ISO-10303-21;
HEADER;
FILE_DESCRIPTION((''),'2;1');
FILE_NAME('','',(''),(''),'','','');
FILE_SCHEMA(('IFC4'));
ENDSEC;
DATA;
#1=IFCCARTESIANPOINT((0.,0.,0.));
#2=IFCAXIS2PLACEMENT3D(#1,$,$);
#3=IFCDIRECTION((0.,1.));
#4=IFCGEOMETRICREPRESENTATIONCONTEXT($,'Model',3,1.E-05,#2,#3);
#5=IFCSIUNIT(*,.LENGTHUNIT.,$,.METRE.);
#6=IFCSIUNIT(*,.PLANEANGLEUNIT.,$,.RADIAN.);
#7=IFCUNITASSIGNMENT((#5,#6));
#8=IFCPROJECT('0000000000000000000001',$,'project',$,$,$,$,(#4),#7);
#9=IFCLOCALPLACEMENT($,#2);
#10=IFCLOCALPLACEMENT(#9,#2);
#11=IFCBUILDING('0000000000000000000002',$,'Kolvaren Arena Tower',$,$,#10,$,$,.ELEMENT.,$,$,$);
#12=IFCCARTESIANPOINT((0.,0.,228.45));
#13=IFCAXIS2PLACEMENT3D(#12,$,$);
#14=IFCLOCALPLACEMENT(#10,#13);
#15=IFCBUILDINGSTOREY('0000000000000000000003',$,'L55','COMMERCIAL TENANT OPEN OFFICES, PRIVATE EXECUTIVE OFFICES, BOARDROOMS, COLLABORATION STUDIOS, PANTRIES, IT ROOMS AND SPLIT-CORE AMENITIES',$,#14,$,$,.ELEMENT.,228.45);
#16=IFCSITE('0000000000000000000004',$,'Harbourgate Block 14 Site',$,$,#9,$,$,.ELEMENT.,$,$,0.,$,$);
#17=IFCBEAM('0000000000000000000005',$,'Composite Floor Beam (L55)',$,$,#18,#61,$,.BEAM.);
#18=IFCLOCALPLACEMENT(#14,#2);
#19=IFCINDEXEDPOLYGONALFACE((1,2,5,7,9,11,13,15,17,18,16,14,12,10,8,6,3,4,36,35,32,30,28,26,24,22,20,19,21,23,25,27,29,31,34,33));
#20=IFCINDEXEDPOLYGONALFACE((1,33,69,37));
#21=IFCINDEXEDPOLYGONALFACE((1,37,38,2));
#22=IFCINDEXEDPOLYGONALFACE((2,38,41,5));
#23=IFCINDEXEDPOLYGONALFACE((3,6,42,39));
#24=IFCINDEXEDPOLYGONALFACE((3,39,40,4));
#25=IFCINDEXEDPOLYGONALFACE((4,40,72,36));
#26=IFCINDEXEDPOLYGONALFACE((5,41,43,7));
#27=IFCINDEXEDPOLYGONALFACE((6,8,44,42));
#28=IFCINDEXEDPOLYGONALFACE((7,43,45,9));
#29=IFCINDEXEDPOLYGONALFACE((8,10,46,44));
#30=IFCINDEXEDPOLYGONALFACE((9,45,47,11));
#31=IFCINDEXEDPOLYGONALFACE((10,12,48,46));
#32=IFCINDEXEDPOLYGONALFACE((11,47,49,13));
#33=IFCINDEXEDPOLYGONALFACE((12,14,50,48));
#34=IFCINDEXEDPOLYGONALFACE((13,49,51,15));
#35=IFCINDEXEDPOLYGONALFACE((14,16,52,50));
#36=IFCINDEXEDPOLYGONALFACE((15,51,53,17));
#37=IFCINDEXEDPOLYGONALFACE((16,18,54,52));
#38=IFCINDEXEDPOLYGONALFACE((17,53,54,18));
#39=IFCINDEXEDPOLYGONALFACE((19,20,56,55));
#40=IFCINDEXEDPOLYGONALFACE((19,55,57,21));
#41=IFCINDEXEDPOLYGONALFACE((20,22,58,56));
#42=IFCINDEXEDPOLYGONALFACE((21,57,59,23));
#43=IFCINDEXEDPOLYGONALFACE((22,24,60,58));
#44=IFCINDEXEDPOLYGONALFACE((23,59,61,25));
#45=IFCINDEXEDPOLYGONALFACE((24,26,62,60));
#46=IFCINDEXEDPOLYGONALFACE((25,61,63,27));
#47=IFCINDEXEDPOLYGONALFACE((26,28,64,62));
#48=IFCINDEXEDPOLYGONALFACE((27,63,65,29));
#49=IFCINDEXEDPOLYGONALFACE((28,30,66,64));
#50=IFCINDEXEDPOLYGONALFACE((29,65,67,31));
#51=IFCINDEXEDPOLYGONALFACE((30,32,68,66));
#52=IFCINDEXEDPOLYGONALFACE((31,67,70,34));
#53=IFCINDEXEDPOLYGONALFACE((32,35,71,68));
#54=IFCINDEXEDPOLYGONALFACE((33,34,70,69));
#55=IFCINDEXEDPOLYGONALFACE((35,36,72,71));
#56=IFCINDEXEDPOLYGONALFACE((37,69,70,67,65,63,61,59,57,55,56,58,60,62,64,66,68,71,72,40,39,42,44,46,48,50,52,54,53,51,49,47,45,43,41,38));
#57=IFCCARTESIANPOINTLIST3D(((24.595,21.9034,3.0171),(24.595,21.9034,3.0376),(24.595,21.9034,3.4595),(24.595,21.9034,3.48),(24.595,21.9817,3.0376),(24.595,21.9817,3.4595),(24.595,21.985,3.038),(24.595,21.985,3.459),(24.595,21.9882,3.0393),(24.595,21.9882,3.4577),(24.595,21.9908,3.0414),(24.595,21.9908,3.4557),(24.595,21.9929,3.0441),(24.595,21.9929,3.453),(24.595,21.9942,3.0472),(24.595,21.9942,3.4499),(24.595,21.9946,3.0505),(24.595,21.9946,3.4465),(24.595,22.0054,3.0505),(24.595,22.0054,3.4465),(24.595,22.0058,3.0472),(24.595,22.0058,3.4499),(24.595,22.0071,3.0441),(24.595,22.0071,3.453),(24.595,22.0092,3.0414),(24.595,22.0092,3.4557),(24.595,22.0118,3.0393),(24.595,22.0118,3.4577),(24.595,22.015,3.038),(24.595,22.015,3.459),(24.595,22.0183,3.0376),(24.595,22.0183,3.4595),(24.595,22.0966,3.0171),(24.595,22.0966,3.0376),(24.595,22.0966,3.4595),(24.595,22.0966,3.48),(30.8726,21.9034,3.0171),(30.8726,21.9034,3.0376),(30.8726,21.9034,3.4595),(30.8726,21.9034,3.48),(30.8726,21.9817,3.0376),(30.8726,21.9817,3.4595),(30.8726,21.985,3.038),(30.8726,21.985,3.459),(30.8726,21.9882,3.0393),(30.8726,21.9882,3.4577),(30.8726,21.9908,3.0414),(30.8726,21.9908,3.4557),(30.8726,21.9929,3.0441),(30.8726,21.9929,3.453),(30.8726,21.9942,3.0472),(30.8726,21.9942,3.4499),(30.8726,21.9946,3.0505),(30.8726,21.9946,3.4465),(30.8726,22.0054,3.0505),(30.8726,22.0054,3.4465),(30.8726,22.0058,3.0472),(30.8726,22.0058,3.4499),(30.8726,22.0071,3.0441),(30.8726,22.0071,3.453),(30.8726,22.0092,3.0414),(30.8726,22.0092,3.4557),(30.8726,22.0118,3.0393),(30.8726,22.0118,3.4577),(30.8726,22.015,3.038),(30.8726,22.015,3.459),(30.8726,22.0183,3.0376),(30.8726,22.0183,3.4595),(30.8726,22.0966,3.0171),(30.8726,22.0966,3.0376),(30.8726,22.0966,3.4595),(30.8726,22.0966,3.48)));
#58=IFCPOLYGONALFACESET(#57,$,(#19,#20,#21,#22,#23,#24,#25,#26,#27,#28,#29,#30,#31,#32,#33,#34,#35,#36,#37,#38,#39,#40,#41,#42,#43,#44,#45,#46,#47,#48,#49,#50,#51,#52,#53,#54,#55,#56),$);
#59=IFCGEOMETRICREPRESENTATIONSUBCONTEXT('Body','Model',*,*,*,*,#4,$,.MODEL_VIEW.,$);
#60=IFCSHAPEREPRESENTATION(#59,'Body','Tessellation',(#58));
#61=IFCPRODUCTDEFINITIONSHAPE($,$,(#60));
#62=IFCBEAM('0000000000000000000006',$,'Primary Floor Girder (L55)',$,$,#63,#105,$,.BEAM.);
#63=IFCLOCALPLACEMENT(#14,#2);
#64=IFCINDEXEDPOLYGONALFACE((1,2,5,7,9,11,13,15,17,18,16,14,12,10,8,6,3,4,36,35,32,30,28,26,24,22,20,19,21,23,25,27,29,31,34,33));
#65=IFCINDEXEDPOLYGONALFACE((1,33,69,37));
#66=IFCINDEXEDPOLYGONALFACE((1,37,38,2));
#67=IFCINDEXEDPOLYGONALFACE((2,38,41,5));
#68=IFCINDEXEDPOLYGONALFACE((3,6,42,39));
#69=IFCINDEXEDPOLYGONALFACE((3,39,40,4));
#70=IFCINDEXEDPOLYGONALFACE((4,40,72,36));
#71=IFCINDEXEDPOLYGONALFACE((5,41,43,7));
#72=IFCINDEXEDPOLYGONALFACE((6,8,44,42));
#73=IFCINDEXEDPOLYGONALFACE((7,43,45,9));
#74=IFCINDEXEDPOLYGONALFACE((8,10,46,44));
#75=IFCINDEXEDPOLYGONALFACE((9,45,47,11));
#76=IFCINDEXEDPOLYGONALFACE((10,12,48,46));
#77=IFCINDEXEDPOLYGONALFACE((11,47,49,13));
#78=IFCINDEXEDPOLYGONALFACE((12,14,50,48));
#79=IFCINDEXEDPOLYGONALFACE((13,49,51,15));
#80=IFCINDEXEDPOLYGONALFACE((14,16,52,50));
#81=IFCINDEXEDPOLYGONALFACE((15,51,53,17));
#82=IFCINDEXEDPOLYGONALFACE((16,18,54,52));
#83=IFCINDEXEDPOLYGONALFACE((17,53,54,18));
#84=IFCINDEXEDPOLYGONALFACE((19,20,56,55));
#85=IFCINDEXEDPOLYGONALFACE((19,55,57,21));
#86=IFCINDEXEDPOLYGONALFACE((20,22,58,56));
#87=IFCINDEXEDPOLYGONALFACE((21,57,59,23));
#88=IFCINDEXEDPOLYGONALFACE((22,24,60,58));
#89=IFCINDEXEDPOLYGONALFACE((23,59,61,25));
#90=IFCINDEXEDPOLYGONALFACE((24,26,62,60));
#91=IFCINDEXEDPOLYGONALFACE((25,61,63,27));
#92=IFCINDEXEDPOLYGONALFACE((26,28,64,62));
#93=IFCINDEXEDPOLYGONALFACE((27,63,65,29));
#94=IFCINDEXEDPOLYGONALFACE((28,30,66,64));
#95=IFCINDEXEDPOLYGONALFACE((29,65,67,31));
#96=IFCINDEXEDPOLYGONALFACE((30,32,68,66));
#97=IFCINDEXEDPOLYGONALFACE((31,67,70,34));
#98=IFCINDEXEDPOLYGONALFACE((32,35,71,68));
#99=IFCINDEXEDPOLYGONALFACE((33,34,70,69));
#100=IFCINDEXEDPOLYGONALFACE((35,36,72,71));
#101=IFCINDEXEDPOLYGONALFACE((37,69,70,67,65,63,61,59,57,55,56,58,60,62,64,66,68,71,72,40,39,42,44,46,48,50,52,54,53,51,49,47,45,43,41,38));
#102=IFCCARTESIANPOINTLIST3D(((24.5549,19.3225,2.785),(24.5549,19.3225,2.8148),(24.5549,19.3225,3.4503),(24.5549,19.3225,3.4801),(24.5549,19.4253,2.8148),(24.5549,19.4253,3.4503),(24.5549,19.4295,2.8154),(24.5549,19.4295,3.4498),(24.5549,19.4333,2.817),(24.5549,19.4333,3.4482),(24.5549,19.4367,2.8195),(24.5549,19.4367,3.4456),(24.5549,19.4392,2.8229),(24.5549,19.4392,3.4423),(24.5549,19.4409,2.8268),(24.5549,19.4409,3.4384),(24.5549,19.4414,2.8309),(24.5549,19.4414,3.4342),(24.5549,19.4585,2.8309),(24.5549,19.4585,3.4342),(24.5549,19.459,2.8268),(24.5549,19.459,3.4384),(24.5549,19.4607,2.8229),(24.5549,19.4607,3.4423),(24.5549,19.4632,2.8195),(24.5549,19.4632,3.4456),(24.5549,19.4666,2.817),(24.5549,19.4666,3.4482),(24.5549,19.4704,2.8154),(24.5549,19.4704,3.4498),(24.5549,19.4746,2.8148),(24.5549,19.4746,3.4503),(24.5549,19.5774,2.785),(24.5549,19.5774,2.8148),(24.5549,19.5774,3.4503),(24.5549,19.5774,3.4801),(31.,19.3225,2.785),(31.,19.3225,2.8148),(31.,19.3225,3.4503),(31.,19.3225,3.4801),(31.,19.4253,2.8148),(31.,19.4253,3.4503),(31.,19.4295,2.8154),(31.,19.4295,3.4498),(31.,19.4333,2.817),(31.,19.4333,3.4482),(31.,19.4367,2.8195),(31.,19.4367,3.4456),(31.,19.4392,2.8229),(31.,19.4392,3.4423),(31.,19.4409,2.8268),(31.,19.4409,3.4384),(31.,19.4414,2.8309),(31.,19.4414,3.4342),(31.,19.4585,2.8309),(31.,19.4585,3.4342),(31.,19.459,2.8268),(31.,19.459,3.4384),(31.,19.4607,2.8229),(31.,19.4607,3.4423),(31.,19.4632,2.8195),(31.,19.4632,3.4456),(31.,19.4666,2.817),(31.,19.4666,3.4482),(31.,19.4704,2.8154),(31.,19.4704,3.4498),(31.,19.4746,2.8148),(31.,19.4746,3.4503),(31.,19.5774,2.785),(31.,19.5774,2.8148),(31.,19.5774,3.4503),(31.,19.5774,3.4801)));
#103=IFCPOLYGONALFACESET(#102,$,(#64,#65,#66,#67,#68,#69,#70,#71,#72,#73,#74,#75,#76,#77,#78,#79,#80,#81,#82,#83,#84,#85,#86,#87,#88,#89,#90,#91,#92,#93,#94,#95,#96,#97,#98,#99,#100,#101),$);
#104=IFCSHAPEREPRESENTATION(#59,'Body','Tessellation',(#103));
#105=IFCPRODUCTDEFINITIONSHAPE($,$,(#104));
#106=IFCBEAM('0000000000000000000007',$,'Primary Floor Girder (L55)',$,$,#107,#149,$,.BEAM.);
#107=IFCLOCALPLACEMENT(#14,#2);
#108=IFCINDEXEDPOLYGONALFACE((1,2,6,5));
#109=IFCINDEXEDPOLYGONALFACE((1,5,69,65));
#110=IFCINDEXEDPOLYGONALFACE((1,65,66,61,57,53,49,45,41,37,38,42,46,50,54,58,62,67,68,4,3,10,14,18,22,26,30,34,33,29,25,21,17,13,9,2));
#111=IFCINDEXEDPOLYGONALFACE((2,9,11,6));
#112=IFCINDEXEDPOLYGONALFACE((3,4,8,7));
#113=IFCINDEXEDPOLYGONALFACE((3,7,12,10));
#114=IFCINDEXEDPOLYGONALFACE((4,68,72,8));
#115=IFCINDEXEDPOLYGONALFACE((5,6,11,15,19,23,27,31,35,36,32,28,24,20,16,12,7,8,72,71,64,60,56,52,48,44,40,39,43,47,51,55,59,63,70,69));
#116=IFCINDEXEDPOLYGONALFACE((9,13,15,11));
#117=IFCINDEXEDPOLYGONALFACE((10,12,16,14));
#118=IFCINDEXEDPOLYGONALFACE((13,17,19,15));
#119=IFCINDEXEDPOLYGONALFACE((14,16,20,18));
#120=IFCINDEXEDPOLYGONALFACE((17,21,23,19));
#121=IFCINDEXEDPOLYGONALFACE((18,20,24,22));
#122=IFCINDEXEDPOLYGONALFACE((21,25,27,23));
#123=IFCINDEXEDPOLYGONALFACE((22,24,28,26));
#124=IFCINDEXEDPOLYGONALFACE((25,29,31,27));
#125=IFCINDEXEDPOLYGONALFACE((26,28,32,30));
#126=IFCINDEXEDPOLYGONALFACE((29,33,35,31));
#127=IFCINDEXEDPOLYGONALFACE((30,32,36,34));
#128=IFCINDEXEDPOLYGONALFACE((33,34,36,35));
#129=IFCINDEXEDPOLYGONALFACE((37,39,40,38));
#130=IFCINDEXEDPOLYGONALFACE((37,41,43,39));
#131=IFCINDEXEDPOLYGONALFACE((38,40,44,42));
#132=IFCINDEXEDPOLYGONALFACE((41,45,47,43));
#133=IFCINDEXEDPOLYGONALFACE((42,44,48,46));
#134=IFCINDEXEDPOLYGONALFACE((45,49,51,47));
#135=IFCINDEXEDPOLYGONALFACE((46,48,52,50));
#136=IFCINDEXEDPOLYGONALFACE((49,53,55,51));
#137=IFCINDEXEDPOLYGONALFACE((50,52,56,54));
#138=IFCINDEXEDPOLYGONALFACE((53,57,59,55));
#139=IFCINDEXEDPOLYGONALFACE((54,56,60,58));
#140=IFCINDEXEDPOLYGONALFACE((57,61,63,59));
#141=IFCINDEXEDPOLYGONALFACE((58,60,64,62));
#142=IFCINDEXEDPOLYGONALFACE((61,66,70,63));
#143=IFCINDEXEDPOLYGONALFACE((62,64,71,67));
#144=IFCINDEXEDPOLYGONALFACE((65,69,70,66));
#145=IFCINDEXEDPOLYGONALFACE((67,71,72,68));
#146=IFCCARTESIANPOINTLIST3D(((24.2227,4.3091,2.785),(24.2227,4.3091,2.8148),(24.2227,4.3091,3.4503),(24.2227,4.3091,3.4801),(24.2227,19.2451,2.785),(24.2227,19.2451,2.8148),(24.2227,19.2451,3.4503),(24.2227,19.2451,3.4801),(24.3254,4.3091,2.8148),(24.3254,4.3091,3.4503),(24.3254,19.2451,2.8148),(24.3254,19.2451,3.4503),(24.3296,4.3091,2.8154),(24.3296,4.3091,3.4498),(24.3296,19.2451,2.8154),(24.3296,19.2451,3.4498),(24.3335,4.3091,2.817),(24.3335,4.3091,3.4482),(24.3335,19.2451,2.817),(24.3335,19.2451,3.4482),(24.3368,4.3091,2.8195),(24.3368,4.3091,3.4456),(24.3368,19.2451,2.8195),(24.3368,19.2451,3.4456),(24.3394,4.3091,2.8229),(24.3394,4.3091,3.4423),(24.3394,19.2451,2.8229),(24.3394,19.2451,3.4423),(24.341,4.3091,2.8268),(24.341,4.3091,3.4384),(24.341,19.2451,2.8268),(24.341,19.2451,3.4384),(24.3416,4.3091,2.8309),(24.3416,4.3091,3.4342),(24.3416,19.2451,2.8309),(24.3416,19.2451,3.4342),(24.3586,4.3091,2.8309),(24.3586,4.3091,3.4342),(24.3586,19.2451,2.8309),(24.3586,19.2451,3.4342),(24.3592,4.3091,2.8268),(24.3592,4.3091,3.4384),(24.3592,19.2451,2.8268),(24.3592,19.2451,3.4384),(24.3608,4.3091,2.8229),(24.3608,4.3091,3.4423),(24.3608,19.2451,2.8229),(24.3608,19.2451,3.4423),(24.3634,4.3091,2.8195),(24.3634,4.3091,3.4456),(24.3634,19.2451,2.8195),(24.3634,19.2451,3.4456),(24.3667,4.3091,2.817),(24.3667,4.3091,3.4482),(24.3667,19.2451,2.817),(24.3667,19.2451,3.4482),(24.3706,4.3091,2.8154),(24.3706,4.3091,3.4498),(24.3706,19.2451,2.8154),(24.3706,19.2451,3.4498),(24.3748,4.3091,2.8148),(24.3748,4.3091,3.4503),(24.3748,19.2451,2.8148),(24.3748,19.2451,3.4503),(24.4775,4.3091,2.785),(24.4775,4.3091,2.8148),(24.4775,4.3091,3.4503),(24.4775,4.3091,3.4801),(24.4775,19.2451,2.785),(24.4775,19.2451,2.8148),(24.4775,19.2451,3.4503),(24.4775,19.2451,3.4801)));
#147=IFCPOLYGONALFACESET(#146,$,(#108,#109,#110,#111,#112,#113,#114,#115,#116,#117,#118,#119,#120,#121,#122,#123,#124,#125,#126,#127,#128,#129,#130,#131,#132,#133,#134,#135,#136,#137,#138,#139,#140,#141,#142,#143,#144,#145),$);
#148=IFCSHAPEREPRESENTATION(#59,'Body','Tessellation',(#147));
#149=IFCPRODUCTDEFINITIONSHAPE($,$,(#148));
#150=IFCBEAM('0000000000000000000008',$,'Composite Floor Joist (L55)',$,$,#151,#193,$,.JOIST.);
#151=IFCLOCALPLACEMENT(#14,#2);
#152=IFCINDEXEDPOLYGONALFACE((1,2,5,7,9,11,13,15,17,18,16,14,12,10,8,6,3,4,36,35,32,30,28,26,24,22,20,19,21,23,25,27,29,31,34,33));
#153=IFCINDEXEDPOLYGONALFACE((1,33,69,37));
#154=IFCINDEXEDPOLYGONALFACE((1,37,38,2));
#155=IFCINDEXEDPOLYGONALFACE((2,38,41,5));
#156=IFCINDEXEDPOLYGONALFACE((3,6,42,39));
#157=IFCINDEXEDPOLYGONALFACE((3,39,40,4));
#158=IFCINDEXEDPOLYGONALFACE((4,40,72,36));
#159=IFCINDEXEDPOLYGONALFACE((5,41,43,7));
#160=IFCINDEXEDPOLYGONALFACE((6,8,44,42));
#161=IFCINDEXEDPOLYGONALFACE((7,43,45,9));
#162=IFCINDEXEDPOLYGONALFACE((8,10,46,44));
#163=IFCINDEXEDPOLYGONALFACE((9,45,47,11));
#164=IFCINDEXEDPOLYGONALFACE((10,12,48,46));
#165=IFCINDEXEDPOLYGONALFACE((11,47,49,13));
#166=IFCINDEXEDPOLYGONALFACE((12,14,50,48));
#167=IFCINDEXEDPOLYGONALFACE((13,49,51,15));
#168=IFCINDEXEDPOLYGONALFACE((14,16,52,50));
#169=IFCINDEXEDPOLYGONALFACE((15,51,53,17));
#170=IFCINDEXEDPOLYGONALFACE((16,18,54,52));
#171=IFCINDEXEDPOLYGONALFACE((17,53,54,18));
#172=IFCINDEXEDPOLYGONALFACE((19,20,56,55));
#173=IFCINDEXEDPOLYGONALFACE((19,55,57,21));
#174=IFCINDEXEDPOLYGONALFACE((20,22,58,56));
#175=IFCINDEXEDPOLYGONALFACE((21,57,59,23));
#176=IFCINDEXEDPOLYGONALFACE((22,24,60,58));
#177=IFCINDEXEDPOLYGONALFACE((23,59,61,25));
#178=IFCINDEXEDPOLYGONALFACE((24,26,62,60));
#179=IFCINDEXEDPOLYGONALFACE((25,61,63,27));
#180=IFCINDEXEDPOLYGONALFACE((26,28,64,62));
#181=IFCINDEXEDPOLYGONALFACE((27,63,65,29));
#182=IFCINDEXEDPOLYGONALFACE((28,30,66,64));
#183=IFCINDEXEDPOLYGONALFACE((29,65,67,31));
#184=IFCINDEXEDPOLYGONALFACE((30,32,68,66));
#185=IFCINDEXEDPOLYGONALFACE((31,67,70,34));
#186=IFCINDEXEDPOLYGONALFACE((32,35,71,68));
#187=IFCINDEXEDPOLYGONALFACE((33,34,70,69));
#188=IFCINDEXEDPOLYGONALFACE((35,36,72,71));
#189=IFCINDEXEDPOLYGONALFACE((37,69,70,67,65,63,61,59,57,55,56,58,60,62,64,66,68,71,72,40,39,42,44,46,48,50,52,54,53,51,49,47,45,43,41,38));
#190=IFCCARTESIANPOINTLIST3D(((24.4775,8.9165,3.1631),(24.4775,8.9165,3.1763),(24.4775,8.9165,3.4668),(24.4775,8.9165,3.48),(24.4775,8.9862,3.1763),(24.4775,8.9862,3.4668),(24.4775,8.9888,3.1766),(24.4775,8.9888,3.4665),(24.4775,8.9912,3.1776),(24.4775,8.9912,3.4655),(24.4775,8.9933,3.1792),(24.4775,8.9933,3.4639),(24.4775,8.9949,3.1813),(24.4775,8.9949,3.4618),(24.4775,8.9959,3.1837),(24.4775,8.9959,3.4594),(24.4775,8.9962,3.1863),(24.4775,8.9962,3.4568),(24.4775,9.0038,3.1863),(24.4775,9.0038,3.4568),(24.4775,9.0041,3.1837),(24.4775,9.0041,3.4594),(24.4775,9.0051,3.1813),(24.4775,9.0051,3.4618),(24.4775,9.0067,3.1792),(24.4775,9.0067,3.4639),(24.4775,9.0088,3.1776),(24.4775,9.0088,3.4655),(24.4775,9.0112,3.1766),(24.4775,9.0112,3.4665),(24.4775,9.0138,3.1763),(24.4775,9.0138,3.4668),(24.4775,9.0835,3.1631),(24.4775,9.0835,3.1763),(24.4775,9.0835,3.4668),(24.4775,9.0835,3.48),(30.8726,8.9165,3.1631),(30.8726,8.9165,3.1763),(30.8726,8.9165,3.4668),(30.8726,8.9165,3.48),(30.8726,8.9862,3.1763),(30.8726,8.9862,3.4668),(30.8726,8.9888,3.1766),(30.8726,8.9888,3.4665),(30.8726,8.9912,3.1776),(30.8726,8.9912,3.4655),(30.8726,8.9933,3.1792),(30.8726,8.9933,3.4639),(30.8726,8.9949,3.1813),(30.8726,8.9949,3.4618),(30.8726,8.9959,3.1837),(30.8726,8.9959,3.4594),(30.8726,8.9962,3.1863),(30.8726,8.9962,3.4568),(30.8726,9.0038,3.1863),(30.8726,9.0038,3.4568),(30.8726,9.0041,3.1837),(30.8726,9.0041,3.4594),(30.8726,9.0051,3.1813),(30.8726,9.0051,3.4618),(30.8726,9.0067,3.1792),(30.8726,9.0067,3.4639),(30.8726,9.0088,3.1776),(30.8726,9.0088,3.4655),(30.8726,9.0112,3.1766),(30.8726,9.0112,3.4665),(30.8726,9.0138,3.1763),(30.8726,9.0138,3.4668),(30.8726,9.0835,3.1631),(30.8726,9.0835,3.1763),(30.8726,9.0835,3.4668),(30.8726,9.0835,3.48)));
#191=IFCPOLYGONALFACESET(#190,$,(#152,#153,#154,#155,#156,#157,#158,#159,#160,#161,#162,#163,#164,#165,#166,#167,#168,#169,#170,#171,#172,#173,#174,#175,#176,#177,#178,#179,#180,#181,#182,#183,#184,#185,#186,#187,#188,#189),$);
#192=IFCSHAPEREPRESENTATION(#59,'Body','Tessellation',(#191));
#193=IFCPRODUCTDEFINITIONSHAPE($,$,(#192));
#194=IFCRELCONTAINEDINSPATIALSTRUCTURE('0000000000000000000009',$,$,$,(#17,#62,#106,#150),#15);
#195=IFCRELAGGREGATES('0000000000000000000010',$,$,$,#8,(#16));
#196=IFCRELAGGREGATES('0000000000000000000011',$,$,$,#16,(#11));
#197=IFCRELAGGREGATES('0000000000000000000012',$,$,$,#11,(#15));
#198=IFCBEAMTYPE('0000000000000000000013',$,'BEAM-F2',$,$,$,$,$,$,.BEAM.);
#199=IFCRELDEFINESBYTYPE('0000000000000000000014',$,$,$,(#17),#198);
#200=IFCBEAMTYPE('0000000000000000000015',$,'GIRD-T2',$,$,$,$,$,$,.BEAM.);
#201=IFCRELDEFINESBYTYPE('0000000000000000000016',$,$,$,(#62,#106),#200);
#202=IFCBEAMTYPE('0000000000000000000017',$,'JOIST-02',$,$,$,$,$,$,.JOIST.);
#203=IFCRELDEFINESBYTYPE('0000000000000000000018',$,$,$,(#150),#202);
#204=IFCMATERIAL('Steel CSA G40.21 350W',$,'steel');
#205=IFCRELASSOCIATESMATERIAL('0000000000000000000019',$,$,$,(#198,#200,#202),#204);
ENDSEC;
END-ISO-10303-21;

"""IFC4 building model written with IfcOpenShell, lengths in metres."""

from ifc_helpers import new_model, si_unit, direction, frame, origin, origin_2d, place, context, subcontext, project, spatial, i_section, extrude, material, material_profile, profile_set, type_object, element, save


model = new_model("IFC4")

# Units and contexts
model_context = context("Model", 3, precision=1e-05, world=origin(), true_north=direction((0.0, 1.0)))
body_context = subcontext(model_context, "Body", "Model", "MODEL_VIEW")
ifc_project = project(units=[si_unit("LENGTHUNIT", "METRE"), si_unit("PLANEANGLEUNIT", "RADIAN")], contexts=[model_context])

# Site, building, storey
site_placement = place(None, origin())
site = spatial("IfcSite", under=ifc_project, at=site_placement, Name="Harbourgate Block 14 Site", CompositionType="ELEMENT", RefElevation=0.0)
building_placement = place(site_placement, origin())
building = spatial("IfcBuilding", under=site, at=building_placement, Name="Kolvaren Arena Tower", CompositionType="ELEMENT")
storey_placement = place(building_placement, frame((0.0, 0.0, 228.45)))
storey = spatial("IfcBuildingStorey", under=building, at=storey_placement, Name="L55", Description="COMMERCIAL TENANT OPEN OFFICES, PRIVATE EXECUTIVE OFFICES, BOARDROOMS, COLLABORATION STUDIOS, PANTRIES, IT ROOMS AND SPLIT-CORE AMENITIES", CompositionType="ELEMENT", Elevation=228.45)

# Beams
ifc_material_1 = material(Name="Steel CSA G40.21 350W", Category="steel")
ifc_material_profile_1 = material_profile(ifc_material_1, i_section(OverallWidth=0.1931, OverallDepth=0.4629, WebThickness=0.0107, FlangeThickness=0.0205, FilletRadius=0.0129, at=origin_2d()), Name="W460x113")
ifc_profile_set_1 = profile_set([ifc_material_profile_1], Name="Steel CSA G40.21 350W")
beam_type_1 = type_object("IfcBeamType", Name="BEAM-F2", PredefinedType="BEAM", material=ifc_profile_set_1)
beam_1_placement = place(storey_placement, frame((24.595, 22.0, 3.2485), z_axis=(1.0, 0.0, 0.0), x_axis=(0.0, 1.0, 0.0)))
element("IfcBeam", 1, at=beam_1_placement, inside=storey, type_object=beam_type_1, Name="Composite Floor Beam (L55)", PredefinedType="BEAM", context=body_context, shape_type="SweptSolid", body=[
    extrude(i_section(OverallWidth=0.1931, OverallDepth=0.4629, WebThickness=0.0107, FlangeThickness=0.0205, FilletRadius=0.0129, at=origin_2d()), origin(), (0.0, 0.0, 1.0), 6.2776),
])
ifc_material_profile_2 = material_profile(ifc_material_1, i_section(OverallWidth=0.2549, OverallDepth=0.6951, WebThickness=0.0171, FlangeThickness=0.0298, FilletRadius=0.0161, at=origin_2d()), Name="W690x217")
ifc_profile_set_2 = profile_set([ifc_material_profile_2], Name="Steel CSA G40.21 350W")
beam_type_2 = type_object("IfcBeamType", Name="GIRD-T2", PredefinedType="BEAM", material=ifc_profile_set_2)
beam_2_placement = place(storey_placement, frame((24.5549, 19.45, 3.1326), z_axis=(1.0, 0.0, 0.0), x_axis=(0.0, 1.0, 0.0)))
element("IfcBeam", 2, at=beam_2_placement, inside=storey, type_object=beam_type_2, Name="Primary Floor Girder (L55)", PredefinedType="BEAM", context=body_context, shape_type="SweptSolid", body=[
    extrude(i_section(OverallWidth=0.2549, OverallDepth=0.6951, WebThickness=0.0171, FlangeThickness=0.0298, FilletRadius=0.0161, at=origin_2d()), origin(), (0.0, 0.0, 1.0), 6.4451),
])
beam_3_placement = place(storey_placement, frame((24.3501, 4.3091, 3.1326), z_axis=(0.0, 1.0, 0.0), x_axis=(-1.0, 0.0, 0.0)))
element("IfcBeam", 3, at=beam_3_placement, inside=storey, type_object=beam_type_2, Name="Primary Floor Girder (L55)", PredefinedType="BEAM", context=body_context, shape_type="SweptSolid", body=[
    extrude(i_section(OverallWidth=0.2549, OverallDepth=0.6951, WebThickness=0.0171, FlangeThickness=0.0298, FilletRadius=0.0161, at=origin_2d()), origin(), (0.0, 0.0, 1.0), 14.936),
])
ifc_material_profile_3 = material_profile(ifc_material_1, i_section(OverallWidth=0.167, OverallDepth=0.3169, WebThickness=0.0076, FlangeThickness=0.0132, FilletRadius=0.01, at=origin_2d()), Name="W310x52")
ifc_profile_set_3 = profile_set([ifc_material_profile_3], Name="Steel CSA G40.21 350W")
beam_type_3 = type_object("IfcBeamType", Name="JOIST-02", PredefinedType="JOIST", material=ifc_profile_set_3)
for number, where, z_axis, x_axis, name in (
    (4, (24.4775, 9.0, 3.3215), (1.0, 0.0, 0.0), (0.0, 1.0, 0.0), "Composite Floor Joist (L55)"),
):
    element("IfcBeam", number, at=place(storey_placement, frame(where, z_axis=z_axis, x_axis=x_axis)), inside=storey, type_object=beam_type_3, Name=name, PredefinedType="JOIST", context=body_context, shape_type="SweptSolid", body=[
        extrude(i_section(OverallWidth=0.167, OverallDepth=0.3169, WebThickness=0.0076, FlangeThickness=0.0132, FilletRadius=0.01, at=origin_2d()), origin(), (0.0, 0.0, 1.0), 6.395),
    ])

save(model, "model.ifc")
